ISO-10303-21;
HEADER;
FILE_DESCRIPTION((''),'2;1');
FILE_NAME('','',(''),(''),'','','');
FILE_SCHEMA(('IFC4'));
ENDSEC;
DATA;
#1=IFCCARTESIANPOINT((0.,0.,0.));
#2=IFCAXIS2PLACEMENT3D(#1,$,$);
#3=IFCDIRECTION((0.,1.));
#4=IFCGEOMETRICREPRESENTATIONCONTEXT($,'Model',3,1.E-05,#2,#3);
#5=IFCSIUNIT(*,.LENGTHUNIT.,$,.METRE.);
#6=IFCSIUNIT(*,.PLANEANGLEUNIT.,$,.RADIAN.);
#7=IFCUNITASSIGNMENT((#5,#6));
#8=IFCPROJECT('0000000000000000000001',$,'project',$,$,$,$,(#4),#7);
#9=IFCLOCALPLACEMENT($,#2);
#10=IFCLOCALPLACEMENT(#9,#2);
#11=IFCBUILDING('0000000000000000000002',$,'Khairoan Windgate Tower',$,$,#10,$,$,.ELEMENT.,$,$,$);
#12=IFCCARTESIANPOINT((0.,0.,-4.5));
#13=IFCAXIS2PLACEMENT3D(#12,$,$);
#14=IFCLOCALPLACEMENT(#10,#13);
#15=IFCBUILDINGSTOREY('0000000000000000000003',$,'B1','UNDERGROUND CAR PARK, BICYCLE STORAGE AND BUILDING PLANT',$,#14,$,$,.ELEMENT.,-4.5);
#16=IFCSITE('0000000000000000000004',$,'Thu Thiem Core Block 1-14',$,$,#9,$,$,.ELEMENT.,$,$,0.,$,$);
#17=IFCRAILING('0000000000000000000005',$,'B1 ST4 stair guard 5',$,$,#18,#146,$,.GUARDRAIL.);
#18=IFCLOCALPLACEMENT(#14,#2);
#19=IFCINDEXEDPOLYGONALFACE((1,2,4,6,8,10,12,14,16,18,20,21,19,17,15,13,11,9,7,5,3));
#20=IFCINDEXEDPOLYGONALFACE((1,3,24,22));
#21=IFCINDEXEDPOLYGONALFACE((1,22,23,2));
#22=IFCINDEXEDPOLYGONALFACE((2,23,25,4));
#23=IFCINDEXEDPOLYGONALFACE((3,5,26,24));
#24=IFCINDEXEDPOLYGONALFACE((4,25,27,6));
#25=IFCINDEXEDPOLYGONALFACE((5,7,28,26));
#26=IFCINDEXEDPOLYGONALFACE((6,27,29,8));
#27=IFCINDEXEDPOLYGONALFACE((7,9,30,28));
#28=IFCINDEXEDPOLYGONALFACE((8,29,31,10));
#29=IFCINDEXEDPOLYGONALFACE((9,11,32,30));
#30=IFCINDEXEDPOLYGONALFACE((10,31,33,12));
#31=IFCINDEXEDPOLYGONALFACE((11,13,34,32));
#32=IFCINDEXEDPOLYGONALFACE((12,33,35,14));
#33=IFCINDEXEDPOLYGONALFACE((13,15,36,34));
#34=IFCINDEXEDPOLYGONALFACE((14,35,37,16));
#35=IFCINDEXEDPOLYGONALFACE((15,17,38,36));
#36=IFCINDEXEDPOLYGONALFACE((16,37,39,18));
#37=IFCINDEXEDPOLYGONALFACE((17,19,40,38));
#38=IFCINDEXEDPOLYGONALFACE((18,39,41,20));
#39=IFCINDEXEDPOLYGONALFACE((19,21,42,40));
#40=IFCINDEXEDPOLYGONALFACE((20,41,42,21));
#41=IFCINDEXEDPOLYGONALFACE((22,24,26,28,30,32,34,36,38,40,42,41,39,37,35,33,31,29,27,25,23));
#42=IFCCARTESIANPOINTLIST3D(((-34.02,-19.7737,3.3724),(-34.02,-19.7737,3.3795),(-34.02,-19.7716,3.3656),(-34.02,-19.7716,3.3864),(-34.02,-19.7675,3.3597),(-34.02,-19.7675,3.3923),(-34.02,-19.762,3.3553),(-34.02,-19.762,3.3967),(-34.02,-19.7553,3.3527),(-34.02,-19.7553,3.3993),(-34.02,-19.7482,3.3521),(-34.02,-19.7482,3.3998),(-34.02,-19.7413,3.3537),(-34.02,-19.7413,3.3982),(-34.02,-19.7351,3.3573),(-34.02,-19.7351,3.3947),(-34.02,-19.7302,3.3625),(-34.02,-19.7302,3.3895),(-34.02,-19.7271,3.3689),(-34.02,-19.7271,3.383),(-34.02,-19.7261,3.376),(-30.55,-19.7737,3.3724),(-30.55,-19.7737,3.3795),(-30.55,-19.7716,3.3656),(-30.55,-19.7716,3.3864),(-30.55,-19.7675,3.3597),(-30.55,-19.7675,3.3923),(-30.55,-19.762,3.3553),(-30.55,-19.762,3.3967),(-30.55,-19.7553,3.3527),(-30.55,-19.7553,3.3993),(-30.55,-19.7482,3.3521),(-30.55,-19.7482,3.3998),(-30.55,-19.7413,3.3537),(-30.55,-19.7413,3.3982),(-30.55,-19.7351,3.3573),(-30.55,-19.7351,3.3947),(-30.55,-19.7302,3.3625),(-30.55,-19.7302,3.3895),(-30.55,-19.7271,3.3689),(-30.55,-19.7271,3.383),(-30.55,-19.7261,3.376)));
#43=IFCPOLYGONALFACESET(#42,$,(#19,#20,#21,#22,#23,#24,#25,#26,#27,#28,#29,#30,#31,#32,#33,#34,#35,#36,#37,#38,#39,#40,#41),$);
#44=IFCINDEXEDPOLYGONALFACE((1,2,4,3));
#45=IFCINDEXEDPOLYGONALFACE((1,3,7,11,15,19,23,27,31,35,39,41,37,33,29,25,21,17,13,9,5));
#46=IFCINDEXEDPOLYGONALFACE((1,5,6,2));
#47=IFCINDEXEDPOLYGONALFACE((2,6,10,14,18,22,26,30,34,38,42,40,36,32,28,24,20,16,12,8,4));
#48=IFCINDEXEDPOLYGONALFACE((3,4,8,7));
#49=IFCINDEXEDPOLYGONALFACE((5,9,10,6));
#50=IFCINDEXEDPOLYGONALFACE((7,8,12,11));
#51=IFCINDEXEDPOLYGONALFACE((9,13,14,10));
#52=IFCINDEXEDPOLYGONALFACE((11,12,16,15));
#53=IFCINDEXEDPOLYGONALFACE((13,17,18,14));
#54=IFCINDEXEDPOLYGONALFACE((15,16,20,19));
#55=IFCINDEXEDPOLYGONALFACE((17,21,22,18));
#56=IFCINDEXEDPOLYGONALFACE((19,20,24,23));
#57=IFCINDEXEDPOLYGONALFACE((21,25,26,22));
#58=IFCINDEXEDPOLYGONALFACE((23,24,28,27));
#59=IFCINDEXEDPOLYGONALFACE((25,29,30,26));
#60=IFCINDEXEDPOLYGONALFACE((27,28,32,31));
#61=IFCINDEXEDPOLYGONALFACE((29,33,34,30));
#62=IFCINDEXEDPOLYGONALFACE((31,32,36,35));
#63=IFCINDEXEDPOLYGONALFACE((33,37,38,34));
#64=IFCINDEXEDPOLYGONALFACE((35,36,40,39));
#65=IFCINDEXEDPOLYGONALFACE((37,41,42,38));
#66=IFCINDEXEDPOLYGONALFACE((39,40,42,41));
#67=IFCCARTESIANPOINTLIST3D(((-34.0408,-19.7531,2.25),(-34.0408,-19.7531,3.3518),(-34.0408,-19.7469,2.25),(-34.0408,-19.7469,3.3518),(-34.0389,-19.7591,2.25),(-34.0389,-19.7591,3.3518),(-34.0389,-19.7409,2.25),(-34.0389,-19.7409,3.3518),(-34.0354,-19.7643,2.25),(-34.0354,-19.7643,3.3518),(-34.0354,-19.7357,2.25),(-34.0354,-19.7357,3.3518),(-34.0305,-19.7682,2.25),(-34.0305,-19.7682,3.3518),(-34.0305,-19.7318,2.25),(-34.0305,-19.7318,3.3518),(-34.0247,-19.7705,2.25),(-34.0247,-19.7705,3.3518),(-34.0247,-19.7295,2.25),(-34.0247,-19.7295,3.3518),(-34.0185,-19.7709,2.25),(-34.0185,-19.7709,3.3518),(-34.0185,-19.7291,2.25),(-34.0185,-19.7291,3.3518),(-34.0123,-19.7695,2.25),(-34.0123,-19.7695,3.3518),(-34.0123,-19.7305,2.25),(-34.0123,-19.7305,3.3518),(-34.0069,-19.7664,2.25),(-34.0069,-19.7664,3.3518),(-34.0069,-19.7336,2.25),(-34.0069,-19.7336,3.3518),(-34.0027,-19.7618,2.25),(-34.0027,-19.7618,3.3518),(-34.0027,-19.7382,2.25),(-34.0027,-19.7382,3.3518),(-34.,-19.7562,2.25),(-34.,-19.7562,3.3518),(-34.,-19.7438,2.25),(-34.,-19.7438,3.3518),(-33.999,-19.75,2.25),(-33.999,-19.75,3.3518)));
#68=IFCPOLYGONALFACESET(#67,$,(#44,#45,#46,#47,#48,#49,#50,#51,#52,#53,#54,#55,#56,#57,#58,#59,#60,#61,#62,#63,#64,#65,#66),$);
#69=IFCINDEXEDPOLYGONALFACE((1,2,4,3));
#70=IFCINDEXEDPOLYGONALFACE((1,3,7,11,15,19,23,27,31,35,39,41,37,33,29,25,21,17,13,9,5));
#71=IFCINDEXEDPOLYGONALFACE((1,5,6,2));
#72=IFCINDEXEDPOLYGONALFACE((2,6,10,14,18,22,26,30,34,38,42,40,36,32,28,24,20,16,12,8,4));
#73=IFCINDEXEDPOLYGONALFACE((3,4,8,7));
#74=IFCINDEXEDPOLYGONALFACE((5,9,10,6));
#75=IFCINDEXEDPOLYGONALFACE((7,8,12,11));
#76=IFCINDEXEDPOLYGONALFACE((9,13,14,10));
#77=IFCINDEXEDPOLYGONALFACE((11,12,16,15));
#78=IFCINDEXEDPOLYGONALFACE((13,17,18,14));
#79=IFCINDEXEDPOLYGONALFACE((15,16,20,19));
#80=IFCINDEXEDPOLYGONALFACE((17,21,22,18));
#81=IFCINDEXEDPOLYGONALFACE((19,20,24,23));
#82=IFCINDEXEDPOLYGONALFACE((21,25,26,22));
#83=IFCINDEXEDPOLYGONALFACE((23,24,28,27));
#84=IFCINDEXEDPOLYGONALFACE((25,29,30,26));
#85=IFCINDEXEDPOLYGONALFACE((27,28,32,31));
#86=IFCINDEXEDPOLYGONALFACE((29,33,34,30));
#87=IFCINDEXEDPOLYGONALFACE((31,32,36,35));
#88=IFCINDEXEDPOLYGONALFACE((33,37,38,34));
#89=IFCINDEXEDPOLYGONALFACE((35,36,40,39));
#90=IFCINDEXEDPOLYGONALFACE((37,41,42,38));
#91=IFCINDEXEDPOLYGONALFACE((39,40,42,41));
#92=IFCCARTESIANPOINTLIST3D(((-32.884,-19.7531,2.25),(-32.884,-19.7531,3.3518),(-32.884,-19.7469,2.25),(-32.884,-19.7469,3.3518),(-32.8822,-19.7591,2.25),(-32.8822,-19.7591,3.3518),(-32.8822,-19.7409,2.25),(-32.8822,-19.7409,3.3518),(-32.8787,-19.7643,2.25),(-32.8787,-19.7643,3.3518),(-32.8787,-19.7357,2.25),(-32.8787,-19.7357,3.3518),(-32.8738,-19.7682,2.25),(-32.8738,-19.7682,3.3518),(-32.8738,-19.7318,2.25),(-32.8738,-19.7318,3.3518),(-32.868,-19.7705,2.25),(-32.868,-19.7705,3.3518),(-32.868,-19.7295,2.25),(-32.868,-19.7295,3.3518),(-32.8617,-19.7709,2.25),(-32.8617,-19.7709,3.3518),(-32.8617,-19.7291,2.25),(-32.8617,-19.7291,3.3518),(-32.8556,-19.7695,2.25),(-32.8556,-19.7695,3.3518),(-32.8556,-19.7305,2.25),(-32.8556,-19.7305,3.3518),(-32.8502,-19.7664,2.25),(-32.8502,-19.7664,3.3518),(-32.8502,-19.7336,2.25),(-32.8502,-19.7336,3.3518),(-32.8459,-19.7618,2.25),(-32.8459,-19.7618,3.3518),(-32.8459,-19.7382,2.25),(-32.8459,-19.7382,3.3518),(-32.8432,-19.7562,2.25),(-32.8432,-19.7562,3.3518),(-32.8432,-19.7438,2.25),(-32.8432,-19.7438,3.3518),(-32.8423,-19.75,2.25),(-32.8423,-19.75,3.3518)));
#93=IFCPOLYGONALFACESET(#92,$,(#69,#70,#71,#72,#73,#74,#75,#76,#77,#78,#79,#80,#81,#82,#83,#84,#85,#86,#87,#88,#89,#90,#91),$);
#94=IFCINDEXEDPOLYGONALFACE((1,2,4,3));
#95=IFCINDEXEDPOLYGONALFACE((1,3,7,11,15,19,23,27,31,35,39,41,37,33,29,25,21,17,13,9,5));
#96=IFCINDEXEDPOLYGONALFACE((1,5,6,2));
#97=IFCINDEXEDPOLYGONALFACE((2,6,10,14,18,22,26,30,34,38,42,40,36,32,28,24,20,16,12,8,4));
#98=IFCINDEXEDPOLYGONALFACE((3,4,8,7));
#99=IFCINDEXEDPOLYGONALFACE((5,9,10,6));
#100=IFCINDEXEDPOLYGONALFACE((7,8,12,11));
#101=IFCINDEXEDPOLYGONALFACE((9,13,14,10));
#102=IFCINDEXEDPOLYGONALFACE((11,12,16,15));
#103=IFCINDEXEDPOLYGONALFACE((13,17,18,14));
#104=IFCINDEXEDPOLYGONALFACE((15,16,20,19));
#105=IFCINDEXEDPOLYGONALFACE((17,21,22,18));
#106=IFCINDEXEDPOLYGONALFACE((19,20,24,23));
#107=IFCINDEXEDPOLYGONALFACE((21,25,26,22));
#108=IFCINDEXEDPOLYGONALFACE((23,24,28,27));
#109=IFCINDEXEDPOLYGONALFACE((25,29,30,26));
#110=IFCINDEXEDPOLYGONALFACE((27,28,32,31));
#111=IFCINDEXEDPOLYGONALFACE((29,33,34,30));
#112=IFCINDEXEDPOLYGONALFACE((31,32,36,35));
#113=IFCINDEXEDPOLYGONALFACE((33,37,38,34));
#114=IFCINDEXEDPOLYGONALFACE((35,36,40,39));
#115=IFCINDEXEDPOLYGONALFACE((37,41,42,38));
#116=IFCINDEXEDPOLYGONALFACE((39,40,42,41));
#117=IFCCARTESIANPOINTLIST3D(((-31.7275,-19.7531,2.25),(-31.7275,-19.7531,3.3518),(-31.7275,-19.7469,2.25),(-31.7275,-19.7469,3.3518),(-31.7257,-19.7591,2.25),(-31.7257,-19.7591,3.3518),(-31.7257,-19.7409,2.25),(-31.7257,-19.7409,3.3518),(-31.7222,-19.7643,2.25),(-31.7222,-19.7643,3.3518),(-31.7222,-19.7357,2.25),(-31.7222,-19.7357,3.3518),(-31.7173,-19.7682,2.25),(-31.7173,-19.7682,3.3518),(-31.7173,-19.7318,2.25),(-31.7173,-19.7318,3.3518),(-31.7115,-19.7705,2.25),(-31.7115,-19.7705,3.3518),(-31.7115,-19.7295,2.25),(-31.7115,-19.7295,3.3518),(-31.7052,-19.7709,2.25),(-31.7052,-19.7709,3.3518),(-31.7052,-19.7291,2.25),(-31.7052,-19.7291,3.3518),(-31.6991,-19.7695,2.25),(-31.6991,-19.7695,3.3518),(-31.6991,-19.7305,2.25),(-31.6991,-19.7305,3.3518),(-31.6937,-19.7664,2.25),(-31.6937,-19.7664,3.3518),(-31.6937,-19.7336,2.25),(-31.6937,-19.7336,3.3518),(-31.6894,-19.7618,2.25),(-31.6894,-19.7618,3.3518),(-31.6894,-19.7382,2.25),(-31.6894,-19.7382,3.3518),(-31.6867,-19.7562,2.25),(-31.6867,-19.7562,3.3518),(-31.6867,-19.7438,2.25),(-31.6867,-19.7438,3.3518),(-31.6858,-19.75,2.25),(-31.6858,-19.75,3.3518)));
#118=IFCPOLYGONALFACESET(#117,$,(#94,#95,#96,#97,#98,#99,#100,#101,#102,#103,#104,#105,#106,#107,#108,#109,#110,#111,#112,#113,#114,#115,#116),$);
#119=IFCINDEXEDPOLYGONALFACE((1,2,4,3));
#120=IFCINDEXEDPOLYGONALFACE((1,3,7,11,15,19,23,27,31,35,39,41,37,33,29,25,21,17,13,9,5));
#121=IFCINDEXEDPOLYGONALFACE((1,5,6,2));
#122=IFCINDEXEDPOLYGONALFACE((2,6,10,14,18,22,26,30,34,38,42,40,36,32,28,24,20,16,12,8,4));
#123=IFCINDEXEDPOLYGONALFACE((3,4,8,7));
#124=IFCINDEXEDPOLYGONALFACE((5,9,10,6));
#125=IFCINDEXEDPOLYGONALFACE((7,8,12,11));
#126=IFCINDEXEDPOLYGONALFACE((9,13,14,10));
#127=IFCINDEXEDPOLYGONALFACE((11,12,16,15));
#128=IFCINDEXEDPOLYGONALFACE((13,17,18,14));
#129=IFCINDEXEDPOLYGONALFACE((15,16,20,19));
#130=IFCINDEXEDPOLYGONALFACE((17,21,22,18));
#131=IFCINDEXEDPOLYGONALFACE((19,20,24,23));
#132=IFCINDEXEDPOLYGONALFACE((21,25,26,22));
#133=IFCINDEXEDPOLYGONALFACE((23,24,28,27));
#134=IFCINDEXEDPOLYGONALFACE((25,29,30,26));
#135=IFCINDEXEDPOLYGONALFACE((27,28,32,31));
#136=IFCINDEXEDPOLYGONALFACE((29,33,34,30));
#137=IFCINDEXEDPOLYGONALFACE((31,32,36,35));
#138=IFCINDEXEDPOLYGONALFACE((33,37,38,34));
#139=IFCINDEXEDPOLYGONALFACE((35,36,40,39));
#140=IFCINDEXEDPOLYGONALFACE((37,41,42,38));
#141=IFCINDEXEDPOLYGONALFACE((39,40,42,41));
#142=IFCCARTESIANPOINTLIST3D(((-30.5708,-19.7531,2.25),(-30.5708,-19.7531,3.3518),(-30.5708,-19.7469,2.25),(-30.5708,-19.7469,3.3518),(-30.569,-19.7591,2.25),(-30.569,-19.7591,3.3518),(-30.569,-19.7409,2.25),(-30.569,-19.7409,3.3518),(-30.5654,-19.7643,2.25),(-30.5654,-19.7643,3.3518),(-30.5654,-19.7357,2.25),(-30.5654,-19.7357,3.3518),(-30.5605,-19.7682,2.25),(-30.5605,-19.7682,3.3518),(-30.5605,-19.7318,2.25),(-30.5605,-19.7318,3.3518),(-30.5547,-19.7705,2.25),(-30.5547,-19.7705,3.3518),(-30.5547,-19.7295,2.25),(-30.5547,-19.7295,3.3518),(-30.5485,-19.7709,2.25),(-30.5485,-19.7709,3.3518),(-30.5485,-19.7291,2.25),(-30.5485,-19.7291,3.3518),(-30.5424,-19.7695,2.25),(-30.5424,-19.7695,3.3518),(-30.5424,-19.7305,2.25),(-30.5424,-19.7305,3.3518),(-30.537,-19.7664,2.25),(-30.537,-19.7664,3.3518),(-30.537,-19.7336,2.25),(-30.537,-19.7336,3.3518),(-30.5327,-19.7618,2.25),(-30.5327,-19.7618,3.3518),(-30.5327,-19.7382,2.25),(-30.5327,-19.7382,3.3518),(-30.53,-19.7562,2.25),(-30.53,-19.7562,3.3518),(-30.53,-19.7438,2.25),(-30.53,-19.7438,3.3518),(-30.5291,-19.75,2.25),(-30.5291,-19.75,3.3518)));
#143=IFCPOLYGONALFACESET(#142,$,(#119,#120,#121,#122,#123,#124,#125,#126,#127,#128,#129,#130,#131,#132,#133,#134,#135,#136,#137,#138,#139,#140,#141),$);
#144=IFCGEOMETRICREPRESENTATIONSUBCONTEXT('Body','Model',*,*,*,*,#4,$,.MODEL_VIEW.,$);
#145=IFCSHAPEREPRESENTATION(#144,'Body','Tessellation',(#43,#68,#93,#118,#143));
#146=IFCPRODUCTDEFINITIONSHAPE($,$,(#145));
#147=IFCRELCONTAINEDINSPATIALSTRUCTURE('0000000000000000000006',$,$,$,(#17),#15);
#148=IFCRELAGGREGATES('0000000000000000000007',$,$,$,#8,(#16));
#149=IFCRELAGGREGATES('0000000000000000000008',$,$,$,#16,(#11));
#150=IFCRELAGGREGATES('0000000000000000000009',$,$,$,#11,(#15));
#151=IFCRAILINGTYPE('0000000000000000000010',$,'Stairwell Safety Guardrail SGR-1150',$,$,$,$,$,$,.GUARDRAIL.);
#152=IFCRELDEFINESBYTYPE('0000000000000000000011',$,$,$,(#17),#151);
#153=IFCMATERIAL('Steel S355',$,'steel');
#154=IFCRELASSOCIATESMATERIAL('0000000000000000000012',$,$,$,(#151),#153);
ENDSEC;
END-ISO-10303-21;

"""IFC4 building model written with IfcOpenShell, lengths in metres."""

from ifc_helpers import new_model, si_unit, direction, frame, origin, origin_2d, place, context, subcontext, project, spatial, circle, extrude, material, type_object, element, save


model = new_model("IFC4")

# Units and contexts
model_context = context("Model", 3, precision=1e-05, world=origin(), true_north=direction((0.0, 1.0)))
body_context = subcontext(model_context, "Body", "Model", "MODEL_VIEW")
ifc_project = project(units=[si_unit("LENGTHUNIT", "METRE"), si_unit("PLANEANGLEUNIT", "RADIAN")], contexts=[model_context])

# Site, building, storey
site_placement = place(None, origin())
site = spatial("IfcSite", under=ifc_project, at=site_placement, Name="Thu Thiem Core Block 1-14", CompositionType="ELEMENT", RefElevation=0.0)
building_placement = place(site_placement, origin())
building = spatial("IfcBuilding", under=site, at=building_placement, Name="Khairoan Windgate Tower", CompositionType="ELEMENT")
storey_placement = place(building_placement, frame((0.0, 0.0, -4.5)))
storey = spatial("IfcBuildingStorey", under=building, at=storey_placement, Name="B1", Description="UNDERGROUND CAR PARK, BICYCLE STORAGE AND BUILDING PLANT", CompositionType="ELEMENT", Elevation=-4.5)

# Railing
ifc_material_1 = material(Name="Steel S355", Category="steel")
railing_type_1 = type_object("IfcRailingType", Name="Stairwell Safety Guardrail SGR-1150", PredefinedType="GUARDRAIL", material=ifc_material_1)
railing_1_placement = place(storey_placement, frame((-34.02, -19.75, 2.25)))
element("IfcRailing", 1, at=railing_1_placement, inside=storey, type_object=railing_type_1, Name="B1 ST4 stair guard 5", PredefinedType="GUARDRAIL", context=body_context, shape_type="SweptSolid", body=[
    extrude(circle(Radius=0.0239, at=origin_2d()), frame((0.0, 0.0, 1.126), z_axis=(1.0, 0.0, 0.0), x_axis=(0.0, 1.0, 0.0)), (0.0, 0.0, 1.0), 3.47),
    extrude(circle(Radius=0.021, at=origin_2d()), origin(), (0.0, 0.0, 1.0), 1.1018),
    extrude(circle(Radius=0.021, at=origin_2d()), frame((1.1567, 0.0, 0.0)), (0.0, 0.0, 1.0), 1.1018),
    extrude(circle(Radius=0.021, at=origin_2d()), frame((2.3132, 0.0, 0.0)), (0.0, 0.0, 1.0), 1.1018),
    extrude(circle(Radius=0.021, at=origin_2d()), frame((3.47, 0.0, 0.0)), (0.0, 0.0, 1.0), 1.1018),
])

save(model, "model.ifc")
